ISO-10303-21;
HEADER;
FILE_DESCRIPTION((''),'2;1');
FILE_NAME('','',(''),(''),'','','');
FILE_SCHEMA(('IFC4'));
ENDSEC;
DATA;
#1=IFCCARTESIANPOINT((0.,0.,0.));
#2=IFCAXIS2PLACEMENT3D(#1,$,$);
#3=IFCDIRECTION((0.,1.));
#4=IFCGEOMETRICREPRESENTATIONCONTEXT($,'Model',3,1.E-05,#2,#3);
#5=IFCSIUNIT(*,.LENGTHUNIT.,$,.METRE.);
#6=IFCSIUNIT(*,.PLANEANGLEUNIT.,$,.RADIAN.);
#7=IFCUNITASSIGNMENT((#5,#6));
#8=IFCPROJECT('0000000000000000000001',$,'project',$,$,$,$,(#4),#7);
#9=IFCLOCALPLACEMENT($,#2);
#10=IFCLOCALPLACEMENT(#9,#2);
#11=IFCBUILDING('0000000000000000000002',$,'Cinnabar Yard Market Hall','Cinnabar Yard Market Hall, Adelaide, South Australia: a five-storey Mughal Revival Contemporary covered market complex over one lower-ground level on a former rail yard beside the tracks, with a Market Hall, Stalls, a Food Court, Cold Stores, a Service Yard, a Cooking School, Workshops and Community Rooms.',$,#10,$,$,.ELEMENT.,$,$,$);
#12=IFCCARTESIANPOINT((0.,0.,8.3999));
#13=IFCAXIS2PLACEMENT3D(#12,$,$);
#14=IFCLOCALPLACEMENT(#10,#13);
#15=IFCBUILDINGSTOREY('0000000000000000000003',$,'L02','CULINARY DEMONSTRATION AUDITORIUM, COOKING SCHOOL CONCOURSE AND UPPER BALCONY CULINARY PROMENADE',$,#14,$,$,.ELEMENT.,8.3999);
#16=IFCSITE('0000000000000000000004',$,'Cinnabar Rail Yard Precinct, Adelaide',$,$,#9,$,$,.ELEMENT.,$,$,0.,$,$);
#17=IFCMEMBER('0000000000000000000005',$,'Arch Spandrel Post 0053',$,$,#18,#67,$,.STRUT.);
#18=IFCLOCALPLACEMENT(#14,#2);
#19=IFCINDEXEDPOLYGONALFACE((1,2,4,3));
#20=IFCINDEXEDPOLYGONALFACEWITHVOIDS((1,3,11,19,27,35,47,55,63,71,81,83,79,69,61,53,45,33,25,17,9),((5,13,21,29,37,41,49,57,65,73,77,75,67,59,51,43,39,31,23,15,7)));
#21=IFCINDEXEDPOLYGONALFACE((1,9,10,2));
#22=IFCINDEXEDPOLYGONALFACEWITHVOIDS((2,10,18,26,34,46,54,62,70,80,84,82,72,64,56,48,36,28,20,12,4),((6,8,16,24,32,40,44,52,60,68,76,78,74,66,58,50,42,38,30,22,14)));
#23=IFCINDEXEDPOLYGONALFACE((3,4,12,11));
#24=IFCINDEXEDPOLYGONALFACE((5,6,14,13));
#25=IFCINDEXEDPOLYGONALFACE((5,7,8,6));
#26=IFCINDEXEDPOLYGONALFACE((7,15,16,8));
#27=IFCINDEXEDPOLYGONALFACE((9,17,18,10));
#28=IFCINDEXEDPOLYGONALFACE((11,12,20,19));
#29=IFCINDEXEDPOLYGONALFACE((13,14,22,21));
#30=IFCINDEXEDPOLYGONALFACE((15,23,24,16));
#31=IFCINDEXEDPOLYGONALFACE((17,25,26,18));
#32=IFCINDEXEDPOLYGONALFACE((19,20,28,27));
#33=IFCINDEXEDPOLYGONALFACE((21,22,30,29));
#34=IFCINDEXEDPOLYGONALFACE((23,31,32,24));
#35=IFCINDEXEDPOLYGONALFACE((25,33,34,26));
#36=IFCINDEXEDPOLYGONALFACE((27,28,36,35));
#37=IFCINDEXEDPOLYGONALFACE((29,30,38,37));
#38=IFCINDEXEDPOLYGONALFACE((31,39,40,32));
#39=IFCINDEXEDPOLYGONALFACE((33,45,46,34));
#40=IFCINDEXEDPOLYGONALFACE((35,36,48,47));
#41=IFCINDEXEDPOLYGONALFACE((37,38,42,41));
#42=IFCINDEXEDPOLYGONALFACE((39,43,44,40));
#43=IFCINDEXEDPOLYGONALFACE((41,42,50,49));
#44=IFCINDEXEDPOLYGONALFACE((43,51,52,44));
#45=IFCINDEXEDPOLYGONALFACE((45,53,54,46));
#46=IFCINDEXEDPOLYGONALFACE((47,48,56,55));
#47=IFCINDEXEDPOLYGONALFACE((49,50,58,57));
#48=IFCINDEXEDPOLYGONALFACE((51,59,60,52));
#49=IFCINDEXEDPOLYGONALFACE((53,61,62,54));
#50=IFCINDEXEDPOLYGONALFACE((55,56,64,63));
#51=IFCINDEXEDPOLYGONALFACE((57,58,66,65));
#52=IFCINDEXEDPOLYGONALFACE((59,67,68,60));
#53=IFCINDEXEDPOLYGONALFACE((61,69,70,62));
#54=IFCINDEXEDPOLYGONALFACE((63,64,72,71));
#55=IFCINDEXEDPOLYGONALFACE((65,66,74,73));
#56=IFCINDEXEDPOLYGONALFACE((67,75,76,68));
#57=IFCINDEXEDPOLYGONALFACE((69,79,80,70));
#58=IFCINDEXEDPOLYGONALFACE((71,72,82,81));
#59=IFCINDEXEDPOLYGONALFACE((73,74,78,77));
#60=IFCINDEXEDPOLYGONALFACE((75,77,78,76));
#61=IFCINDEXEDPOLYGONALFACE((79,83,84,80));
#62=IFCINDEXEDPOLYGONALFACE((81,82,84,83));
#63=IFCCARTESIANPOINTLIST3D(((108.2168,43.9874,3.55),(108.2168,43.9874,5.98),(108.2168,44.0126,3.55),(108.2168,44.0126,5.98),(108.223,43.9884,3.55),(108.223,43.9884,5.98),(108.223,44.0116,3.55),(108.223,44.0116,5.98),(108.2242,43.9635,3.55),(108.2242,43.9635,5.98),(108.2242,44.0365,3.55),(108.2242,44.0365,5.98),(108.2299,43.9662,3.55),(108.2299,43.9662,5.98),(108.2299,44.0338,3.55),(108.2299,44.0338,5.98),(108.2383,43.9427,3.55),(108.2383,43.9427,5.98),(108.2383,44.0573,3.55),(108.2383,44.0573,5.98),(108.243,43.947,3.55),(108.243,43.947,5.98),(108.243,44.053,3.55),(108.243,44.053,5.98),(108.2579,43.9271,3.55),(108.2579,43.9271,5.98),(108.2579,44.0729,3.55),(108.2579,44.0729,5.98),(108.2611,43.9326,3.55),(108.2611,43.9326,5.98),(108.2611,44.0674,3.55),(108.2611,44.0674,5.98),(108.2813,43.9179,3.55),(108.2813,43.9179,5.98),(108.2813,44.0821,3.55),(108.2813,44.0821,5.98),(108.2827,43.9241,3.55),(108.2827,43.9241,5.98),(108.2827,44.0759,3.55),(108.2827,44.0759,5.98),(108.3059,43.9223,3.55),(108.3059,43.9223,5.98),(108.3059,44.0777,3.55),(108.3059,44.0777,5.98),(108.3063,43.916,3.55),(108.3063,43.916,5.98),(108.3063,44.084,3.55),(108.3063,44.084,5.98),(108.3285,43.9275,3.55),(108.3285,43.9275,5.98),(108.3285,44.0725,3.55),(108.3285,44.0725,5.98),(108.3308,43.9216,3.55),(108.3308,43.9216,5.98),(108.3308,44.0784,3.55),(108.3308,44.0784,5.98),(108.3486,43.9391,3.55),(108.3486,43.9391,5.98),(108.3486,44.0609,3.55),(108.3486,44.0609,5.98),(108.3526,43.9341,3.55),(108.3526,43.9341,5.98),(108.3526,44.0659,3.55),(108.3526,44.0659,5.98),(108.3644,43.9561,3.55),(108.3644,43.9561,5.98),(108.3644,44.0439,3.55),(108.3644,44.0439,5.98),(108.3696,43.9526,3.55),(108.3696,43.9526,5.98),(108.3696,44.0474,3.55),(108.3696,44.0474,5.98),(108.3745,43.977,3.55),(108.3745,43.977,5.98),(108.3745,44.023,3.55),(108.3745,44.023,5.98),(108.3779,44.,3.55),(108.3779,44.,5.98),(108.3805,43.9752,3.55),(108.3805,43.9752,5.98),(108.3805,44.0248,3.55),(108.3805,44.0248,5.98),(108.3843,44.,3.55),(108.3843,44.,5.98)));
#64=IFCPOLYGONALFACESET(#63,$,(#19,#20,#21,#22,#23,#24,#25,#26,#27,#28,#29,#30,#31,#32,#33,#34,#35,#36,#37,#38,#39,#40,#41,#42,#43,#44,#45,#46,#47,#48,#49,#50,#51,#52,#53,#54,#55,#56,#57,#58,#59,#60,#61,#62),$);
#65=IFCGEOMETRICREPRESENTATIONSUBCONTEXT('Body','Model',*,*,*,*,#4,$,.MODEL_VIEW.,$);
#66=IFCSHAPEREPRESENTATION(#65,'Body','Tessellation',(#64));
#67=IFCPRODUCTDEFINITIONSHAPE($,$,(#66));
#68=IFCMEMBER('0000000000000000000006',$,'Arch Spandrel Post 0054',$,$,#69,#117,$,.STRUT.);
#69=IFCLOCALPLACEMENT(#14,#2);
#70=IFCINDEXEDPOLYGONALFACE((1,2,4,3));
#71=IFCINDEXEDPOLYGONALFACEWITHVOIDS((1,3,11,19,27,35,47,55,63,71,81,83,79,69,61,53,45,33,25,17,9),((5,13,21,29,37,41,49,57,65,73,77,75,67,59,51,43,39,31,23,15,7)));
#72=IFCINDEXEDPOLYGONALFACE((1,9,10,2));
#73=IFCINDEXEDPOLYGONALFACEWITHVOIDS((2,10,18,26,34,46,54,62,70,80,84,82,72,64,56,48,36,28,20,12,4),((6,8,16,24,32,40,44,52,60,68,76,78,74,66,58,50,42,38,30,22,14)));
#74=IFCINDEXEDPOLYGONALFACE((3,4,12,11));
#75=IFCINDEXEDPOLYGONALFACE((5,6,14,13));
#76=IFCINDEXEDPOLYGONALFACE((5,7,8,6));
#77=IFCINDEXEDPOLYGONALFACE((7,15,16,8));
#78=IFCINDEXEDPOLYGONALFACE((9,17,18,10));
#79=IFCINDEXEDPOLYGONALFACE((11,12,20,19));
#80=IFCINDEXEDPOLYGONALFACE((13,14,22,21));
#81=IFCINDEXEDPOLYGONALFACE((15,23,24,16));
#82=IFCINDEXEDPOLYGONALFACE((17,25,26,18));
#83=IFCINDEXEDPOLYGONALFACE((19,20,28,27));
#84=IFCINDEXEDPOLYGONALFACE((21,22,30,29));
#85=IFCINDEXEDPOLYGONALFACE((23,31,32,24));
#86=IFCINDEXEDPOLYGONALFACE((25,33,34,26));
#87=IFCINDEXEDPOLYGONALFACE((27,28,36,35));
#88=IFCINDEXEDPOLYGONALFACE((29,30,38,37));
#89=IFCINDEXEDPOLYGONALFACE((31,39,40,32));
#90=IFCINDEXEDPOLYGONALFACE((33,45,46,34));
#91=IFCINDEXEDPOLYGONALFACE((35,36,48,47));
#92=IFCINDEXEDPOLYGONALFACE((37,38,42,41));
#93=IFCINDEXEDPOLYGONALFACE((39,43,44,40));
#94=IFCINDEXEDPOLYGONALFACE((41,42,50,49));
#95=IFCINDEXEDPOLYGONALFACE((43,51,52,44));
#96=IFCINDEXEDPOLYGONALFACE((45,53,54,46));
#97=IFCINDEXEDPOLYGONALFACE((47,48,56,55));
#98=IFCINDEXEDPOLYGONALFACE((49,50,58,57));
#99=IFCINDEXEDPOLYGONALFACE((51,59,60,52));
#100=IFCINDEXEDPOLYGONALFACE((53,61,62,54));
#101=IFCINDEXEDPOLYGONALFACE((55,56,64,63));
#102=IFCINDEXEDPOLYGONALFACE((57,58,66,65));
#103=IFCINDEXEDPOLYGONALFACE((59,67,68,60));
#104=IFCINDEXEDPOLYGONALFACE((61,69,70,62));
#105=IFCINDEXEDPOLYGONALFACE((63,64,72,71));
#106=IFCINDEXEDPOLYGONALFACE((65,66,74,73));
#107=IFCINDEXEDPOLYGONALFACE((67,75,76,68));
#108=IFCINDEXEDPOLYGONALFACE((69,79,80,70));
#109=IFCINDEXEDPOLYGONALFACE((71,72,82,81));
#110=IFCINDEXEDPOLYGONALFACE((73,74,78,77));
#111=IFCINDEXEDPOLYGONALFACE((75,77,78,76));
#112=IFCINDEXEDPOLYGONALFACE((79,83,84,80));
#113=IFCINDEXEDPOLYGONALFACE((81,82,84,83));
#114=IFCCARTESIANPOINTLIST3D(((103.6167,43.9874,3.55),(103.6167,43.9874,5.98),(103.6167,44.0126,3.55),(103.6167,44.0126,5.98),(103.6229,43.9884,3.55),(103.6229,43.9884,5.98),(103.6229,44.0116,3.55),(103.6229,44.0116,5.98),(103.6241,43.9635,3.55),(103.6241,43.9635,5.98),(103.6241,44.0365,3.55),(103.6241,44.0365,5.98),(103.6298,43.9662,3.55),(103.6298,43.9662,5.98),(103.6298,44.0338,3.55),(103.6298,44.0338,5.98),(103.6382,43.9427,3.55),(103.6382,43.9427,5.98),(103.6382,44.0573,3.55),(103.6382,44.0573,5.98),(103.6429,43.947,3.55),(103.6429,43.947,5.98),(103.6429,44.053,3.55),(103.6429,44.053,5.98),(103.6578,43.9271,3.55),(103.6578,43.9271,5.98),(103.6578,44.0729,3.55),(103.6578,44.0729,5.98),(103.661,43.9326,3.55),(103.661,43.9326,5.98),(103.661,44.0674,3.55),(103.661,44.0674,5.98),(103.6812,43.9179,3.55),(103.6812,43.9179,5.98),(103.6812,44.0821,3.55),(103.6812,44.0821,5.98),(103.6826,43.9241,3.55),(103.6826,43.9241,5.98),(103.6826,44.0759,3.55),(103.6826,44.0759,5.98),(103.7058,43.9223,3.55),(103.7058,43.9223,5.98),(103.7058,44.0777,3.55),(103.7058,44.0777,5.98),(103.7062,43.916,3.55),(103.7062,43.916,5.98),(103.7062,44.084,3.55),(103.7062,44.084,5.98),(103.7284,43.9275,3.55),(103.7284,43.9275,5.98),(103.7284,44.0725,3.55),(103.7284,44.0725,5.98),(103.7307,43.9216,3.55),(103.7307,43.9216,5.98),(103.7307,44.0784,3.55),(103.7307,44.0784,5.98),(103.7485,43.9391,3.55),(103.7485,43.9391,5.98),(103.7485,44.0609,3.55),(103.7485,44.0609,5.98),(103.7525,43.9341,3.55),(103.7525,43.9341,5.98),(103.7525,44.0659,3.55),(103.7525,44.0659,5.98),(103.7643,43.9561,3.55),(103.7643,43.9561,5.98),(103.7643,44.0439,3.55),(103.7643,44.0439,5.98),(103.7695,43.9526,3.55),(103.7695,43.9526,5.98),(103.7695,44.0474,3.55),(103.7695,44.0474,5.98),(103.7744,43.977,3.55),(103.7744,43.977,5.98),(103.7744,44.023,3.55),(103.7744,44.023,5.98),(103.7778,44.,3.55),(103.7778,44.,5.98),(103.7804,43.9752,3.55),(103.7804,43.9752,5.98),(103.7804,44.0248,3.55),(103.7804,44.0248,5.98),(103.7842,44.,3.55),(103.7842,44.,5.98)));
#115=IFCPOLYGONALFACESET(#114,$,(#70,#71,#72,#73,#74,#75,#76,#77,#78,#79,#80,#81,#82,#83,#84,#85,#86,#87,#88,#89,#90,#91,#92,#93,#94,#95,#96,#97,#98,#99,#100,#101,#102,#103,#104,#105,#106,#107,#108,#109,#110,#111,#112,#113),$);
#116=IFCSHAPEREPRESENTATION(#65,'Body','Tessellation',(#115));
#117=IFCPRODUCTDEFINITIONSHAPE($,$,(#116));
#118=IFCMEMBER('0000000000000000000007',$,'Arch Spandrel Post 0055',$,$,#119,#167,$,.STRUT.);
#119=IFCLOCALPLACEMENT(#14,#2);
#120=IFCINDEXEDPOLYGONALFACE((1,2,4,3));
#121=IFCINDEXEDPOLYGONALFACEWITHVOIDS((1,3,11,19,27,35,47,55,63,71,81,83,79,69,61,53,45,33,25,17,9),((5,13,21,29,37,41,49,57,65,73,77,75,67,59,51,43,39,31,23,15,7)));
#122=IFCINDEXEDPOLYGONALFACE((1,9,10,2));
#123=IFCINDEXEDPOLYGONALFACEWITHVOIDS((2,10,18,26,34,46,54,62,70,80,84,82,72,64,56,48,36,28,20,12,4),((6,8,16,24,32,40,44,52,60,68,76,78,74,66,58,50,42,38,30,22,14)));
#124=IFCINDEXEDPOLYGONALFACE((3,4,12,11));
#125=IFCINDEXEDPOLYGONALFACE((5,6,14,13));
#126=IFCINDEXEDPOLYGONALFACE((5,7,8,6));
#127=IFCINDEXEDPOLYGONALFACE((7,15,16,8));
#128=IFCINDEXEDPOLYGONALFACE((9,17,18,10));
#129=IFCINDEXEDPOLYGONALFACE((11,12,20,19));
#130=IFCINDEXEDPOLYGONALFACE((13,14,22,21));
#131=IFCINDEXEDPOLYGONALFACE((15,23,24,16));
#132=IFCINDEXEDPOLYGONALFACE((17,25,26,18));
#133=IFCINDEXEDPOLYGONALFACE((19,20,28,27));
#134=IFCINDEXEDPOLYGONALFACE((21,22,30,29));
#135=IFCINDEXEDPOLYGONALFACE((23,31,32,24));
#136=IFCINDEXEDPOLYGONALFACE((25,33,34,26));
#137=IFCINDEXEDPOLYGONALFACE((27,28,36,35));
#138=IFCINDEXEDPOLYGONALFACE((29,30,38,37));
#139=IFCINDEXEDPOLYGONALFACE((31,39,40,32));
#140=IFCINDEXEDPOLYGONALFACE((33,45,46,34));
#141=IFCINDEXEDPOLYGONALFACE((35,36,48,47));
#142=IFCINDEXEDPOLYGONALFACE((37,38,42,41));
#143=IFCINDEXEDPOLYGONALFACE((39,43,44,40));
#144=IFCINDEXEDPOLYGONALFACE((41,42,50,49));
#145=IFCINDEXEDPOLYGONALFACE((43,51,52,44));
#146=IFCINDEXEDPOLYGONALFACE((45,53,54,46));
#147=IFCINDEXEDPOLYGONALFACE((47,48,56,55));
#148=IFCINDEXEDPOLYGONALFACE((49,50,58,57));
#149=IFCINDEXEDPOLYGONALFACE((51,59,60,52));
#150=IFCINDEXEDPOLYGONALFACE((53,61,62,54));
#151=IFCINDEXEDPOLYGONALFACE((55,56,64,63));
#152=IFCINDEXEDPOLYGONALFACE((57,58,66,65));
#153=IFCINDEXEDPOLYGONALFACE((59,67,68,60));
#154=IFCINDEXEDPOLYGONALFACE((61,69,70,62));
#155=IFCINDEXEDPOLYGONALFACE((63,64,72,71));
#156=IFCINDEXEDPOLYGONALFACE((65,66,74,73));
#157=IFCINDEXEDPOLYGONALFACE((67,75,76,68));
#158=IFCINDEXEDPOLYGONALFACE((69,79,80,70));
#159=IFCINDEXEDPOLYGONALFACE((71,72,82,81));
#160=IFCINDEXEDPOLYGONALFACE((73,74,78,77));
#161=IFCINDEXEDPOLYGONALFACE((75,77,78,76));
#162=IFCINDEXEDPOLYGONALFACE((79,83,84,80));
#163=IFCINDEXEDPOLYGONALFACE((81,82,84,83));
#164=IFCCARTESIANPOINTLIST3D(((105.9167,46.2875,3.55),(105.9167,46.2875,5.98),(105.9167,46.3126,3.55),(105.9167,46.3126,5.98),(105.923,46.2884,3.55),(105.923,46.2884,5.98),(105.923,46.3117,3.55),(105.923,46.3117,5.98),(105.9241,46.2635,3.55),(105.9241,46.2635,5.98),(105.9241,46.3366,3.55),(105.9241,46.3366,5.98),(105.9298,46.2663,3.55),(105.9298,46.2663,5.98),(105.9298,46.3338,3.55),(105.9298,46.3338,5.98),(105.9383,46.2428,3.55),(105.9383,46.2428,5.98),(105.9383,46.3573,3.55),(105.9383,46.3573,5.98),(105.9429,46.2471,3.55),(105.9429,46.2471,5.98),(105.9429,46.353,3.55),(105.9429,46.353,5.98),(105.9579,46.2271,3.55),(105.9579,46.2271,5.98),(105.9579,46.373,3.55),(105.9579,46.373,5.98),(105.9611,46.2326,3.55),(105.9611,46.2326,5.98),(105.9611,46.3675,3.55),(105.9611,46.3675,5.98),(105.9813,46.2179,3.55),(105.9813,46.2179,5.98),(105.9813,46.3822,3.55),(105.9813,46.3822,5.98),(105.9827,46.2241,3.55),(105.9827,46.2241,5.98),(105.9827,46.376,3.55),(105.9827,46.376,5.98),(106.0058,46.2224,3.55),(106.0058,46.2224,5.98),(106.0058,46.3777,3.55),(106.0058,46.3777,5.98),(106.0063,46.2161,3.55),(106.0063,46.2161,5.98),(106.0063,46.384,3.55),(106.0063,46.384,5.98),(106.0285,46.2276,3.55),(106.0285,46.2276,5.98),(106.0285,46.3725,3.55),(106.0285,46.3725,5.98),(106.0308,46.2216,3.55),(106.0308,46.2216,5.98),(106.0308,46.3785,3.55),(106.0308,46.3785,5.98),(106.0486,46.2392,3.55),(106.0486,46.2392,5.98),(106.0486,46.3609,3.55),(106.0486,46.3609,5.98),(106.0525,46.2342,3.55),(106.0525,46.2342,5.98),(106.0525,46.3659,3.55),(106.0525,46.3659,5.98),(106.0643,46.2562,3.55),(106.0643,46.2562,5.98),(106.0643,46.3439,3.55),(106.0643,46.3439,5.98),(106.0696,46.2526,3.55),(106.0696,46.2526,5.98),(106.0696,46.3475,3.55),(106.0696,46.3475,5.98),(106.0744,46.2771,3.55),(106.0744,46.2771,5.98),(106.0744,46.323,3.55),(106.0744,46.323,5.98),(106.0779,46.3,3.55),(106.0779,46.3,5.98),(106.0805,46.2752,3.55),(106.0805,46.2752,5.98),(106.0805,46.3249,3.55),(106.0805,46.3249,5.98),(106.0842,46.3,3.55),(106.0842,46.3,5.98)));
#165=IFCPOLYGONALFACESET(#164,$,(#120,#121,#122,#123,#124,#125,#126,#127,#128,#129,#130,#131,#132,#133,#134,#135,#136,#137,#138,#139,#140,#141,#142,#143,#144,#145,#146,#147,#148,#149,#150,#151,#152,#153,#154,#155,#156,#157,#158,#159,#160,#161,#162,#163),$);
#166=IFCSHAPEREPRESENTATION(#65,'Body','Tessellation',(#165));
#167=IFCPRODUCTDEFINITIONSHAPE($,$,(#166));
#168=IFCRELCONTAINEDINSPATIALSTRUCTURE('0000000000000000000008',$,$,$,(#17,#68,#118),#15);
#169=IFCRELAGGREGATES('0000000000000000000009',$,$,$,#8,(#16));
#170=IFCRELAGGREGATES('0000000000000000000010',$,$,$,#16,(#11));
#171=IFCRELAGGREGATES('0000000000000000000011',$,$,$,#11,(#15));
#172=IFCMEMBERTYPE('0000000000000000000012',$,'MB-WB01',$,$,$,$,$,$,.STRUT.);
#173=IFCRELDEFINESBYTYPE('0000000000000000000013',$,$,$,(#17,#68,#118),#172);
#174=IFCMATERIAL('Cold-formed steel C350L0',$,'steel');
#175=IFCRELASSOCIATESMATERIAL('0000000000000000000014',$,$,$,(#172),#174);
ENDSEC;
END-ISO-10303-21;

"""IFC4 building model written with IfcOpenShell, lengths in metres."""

from ifc_helpers import new_model, si_unit, direction, frame, origin, origin_2d_with_axis, place, context, subcontext, project, spatial, hollow_circle, extrude, material, material_profile, profile_set, type_object, element, save


model = new_model("IFC4")

# Units and contexts
model_context = context("Model", 3, precision=1e-05, world=origin(), true_north=direction((0.0, 1.0)))
body_context = subcontext(model_context, "Body", "Model", "MODEL_VIEW")
ifc_project = project(units=[si_unit("LENGTHUNIT", "METRE"), si_unit("PLANEANGLEUNIT", "RADIAN")], contexts=[model_context])

# Site, building, storey
site_placement = place(None, origin())
site = spatial("IfcSite", under=ifc_project, at=site_placement, Name="Cinnabar Rail Yard Precinct, Adelaide", CompositionType="ELEMENT", RefElevation=0.0)
building_placement = place(site_placement, origin())
building = spatial("IfcBuilding", under=site, at=building_placement, Name="Cinnabar Yard Market Hall", Description="Cinnabar Yard Market Hall, Adelaide, South Australia: a five-storey Mughal Revival Contemporary covered market complex over one lower-ground level on a former rail yard beside the tracks, with a Market Hall, Stalls, a Food Court, Cold Stores, a Service Yard, a Cooking School, Workshops and Community Rooms.", CompositionType="ELEMENT")
storey_placement = place(building_placement, frame((0.0, 0.0, 8.3999)))
storey = spatial("IfcBuildingStorey", under=building, at=storey_placement, Name="L02", Description="CULINARY DEMONSTRATION AUDITORIUM, COOKING SCHOOL CONCOURSE AND UPPER BALCONY CULINARY PROMENADE", CompositionType="ELEMENT", Elevation=8.3999)

# Members
ifc_material_1 = material(Name="Cold-formed steel C350L0", Category="steel")
ifc_material_profile_1 = material_profile(ifc_material_1, hollow_circle(Radius=0.0842, WallThickness=0.0063, at=origin_2d_with_axis()), Name="168.3x6.4CHS")
ifc_profile_set_1 = profile_set([ifc_material_profile_1], Name="Cold-formed steel C350L0")
member_type_1 = type_object("IfcMemberType", Name="MB-WB01", PredefinedType="STRUT", material=ifc_profile_set_1)
for number, where, z_axis, x_axis, name in (
    (1, (108.3, 44.0, 3.55), (0.0, 0.0, 1.0), (1.0, 0.0, 0.0), "Arch Spandrel Post 0053"),
    (2, (103.7, 44.0, 3.55), (0.0, 0.0, 1.0), (1.0, 0.0, 0.0), "Arch Spandrel Post 0054"),
    (3, (106.0, 46.3, 3.55), (0.0, 0.0, 1.0), (1.0, 0.0, 0.0), "Arch Spandrel Post 0055"),
):
    element("IfcMember", number, at=place(storey_placement, frame(where, z_axis=z_axis, x_axis=x_axis)), inside=storey, type_object=member_type_1, Name=name, PredefinedType="STRUT", context=body_context, shape_type="SweptSolid", body=[
        extrude(hollow_circle(Radius=0.0842, WallThickness=0.0063, at=origin_2d_with_axis()), origin(), (0.0, 0.0, 1.0), 2.4299),
    ])

save(model, "model.ifc")
